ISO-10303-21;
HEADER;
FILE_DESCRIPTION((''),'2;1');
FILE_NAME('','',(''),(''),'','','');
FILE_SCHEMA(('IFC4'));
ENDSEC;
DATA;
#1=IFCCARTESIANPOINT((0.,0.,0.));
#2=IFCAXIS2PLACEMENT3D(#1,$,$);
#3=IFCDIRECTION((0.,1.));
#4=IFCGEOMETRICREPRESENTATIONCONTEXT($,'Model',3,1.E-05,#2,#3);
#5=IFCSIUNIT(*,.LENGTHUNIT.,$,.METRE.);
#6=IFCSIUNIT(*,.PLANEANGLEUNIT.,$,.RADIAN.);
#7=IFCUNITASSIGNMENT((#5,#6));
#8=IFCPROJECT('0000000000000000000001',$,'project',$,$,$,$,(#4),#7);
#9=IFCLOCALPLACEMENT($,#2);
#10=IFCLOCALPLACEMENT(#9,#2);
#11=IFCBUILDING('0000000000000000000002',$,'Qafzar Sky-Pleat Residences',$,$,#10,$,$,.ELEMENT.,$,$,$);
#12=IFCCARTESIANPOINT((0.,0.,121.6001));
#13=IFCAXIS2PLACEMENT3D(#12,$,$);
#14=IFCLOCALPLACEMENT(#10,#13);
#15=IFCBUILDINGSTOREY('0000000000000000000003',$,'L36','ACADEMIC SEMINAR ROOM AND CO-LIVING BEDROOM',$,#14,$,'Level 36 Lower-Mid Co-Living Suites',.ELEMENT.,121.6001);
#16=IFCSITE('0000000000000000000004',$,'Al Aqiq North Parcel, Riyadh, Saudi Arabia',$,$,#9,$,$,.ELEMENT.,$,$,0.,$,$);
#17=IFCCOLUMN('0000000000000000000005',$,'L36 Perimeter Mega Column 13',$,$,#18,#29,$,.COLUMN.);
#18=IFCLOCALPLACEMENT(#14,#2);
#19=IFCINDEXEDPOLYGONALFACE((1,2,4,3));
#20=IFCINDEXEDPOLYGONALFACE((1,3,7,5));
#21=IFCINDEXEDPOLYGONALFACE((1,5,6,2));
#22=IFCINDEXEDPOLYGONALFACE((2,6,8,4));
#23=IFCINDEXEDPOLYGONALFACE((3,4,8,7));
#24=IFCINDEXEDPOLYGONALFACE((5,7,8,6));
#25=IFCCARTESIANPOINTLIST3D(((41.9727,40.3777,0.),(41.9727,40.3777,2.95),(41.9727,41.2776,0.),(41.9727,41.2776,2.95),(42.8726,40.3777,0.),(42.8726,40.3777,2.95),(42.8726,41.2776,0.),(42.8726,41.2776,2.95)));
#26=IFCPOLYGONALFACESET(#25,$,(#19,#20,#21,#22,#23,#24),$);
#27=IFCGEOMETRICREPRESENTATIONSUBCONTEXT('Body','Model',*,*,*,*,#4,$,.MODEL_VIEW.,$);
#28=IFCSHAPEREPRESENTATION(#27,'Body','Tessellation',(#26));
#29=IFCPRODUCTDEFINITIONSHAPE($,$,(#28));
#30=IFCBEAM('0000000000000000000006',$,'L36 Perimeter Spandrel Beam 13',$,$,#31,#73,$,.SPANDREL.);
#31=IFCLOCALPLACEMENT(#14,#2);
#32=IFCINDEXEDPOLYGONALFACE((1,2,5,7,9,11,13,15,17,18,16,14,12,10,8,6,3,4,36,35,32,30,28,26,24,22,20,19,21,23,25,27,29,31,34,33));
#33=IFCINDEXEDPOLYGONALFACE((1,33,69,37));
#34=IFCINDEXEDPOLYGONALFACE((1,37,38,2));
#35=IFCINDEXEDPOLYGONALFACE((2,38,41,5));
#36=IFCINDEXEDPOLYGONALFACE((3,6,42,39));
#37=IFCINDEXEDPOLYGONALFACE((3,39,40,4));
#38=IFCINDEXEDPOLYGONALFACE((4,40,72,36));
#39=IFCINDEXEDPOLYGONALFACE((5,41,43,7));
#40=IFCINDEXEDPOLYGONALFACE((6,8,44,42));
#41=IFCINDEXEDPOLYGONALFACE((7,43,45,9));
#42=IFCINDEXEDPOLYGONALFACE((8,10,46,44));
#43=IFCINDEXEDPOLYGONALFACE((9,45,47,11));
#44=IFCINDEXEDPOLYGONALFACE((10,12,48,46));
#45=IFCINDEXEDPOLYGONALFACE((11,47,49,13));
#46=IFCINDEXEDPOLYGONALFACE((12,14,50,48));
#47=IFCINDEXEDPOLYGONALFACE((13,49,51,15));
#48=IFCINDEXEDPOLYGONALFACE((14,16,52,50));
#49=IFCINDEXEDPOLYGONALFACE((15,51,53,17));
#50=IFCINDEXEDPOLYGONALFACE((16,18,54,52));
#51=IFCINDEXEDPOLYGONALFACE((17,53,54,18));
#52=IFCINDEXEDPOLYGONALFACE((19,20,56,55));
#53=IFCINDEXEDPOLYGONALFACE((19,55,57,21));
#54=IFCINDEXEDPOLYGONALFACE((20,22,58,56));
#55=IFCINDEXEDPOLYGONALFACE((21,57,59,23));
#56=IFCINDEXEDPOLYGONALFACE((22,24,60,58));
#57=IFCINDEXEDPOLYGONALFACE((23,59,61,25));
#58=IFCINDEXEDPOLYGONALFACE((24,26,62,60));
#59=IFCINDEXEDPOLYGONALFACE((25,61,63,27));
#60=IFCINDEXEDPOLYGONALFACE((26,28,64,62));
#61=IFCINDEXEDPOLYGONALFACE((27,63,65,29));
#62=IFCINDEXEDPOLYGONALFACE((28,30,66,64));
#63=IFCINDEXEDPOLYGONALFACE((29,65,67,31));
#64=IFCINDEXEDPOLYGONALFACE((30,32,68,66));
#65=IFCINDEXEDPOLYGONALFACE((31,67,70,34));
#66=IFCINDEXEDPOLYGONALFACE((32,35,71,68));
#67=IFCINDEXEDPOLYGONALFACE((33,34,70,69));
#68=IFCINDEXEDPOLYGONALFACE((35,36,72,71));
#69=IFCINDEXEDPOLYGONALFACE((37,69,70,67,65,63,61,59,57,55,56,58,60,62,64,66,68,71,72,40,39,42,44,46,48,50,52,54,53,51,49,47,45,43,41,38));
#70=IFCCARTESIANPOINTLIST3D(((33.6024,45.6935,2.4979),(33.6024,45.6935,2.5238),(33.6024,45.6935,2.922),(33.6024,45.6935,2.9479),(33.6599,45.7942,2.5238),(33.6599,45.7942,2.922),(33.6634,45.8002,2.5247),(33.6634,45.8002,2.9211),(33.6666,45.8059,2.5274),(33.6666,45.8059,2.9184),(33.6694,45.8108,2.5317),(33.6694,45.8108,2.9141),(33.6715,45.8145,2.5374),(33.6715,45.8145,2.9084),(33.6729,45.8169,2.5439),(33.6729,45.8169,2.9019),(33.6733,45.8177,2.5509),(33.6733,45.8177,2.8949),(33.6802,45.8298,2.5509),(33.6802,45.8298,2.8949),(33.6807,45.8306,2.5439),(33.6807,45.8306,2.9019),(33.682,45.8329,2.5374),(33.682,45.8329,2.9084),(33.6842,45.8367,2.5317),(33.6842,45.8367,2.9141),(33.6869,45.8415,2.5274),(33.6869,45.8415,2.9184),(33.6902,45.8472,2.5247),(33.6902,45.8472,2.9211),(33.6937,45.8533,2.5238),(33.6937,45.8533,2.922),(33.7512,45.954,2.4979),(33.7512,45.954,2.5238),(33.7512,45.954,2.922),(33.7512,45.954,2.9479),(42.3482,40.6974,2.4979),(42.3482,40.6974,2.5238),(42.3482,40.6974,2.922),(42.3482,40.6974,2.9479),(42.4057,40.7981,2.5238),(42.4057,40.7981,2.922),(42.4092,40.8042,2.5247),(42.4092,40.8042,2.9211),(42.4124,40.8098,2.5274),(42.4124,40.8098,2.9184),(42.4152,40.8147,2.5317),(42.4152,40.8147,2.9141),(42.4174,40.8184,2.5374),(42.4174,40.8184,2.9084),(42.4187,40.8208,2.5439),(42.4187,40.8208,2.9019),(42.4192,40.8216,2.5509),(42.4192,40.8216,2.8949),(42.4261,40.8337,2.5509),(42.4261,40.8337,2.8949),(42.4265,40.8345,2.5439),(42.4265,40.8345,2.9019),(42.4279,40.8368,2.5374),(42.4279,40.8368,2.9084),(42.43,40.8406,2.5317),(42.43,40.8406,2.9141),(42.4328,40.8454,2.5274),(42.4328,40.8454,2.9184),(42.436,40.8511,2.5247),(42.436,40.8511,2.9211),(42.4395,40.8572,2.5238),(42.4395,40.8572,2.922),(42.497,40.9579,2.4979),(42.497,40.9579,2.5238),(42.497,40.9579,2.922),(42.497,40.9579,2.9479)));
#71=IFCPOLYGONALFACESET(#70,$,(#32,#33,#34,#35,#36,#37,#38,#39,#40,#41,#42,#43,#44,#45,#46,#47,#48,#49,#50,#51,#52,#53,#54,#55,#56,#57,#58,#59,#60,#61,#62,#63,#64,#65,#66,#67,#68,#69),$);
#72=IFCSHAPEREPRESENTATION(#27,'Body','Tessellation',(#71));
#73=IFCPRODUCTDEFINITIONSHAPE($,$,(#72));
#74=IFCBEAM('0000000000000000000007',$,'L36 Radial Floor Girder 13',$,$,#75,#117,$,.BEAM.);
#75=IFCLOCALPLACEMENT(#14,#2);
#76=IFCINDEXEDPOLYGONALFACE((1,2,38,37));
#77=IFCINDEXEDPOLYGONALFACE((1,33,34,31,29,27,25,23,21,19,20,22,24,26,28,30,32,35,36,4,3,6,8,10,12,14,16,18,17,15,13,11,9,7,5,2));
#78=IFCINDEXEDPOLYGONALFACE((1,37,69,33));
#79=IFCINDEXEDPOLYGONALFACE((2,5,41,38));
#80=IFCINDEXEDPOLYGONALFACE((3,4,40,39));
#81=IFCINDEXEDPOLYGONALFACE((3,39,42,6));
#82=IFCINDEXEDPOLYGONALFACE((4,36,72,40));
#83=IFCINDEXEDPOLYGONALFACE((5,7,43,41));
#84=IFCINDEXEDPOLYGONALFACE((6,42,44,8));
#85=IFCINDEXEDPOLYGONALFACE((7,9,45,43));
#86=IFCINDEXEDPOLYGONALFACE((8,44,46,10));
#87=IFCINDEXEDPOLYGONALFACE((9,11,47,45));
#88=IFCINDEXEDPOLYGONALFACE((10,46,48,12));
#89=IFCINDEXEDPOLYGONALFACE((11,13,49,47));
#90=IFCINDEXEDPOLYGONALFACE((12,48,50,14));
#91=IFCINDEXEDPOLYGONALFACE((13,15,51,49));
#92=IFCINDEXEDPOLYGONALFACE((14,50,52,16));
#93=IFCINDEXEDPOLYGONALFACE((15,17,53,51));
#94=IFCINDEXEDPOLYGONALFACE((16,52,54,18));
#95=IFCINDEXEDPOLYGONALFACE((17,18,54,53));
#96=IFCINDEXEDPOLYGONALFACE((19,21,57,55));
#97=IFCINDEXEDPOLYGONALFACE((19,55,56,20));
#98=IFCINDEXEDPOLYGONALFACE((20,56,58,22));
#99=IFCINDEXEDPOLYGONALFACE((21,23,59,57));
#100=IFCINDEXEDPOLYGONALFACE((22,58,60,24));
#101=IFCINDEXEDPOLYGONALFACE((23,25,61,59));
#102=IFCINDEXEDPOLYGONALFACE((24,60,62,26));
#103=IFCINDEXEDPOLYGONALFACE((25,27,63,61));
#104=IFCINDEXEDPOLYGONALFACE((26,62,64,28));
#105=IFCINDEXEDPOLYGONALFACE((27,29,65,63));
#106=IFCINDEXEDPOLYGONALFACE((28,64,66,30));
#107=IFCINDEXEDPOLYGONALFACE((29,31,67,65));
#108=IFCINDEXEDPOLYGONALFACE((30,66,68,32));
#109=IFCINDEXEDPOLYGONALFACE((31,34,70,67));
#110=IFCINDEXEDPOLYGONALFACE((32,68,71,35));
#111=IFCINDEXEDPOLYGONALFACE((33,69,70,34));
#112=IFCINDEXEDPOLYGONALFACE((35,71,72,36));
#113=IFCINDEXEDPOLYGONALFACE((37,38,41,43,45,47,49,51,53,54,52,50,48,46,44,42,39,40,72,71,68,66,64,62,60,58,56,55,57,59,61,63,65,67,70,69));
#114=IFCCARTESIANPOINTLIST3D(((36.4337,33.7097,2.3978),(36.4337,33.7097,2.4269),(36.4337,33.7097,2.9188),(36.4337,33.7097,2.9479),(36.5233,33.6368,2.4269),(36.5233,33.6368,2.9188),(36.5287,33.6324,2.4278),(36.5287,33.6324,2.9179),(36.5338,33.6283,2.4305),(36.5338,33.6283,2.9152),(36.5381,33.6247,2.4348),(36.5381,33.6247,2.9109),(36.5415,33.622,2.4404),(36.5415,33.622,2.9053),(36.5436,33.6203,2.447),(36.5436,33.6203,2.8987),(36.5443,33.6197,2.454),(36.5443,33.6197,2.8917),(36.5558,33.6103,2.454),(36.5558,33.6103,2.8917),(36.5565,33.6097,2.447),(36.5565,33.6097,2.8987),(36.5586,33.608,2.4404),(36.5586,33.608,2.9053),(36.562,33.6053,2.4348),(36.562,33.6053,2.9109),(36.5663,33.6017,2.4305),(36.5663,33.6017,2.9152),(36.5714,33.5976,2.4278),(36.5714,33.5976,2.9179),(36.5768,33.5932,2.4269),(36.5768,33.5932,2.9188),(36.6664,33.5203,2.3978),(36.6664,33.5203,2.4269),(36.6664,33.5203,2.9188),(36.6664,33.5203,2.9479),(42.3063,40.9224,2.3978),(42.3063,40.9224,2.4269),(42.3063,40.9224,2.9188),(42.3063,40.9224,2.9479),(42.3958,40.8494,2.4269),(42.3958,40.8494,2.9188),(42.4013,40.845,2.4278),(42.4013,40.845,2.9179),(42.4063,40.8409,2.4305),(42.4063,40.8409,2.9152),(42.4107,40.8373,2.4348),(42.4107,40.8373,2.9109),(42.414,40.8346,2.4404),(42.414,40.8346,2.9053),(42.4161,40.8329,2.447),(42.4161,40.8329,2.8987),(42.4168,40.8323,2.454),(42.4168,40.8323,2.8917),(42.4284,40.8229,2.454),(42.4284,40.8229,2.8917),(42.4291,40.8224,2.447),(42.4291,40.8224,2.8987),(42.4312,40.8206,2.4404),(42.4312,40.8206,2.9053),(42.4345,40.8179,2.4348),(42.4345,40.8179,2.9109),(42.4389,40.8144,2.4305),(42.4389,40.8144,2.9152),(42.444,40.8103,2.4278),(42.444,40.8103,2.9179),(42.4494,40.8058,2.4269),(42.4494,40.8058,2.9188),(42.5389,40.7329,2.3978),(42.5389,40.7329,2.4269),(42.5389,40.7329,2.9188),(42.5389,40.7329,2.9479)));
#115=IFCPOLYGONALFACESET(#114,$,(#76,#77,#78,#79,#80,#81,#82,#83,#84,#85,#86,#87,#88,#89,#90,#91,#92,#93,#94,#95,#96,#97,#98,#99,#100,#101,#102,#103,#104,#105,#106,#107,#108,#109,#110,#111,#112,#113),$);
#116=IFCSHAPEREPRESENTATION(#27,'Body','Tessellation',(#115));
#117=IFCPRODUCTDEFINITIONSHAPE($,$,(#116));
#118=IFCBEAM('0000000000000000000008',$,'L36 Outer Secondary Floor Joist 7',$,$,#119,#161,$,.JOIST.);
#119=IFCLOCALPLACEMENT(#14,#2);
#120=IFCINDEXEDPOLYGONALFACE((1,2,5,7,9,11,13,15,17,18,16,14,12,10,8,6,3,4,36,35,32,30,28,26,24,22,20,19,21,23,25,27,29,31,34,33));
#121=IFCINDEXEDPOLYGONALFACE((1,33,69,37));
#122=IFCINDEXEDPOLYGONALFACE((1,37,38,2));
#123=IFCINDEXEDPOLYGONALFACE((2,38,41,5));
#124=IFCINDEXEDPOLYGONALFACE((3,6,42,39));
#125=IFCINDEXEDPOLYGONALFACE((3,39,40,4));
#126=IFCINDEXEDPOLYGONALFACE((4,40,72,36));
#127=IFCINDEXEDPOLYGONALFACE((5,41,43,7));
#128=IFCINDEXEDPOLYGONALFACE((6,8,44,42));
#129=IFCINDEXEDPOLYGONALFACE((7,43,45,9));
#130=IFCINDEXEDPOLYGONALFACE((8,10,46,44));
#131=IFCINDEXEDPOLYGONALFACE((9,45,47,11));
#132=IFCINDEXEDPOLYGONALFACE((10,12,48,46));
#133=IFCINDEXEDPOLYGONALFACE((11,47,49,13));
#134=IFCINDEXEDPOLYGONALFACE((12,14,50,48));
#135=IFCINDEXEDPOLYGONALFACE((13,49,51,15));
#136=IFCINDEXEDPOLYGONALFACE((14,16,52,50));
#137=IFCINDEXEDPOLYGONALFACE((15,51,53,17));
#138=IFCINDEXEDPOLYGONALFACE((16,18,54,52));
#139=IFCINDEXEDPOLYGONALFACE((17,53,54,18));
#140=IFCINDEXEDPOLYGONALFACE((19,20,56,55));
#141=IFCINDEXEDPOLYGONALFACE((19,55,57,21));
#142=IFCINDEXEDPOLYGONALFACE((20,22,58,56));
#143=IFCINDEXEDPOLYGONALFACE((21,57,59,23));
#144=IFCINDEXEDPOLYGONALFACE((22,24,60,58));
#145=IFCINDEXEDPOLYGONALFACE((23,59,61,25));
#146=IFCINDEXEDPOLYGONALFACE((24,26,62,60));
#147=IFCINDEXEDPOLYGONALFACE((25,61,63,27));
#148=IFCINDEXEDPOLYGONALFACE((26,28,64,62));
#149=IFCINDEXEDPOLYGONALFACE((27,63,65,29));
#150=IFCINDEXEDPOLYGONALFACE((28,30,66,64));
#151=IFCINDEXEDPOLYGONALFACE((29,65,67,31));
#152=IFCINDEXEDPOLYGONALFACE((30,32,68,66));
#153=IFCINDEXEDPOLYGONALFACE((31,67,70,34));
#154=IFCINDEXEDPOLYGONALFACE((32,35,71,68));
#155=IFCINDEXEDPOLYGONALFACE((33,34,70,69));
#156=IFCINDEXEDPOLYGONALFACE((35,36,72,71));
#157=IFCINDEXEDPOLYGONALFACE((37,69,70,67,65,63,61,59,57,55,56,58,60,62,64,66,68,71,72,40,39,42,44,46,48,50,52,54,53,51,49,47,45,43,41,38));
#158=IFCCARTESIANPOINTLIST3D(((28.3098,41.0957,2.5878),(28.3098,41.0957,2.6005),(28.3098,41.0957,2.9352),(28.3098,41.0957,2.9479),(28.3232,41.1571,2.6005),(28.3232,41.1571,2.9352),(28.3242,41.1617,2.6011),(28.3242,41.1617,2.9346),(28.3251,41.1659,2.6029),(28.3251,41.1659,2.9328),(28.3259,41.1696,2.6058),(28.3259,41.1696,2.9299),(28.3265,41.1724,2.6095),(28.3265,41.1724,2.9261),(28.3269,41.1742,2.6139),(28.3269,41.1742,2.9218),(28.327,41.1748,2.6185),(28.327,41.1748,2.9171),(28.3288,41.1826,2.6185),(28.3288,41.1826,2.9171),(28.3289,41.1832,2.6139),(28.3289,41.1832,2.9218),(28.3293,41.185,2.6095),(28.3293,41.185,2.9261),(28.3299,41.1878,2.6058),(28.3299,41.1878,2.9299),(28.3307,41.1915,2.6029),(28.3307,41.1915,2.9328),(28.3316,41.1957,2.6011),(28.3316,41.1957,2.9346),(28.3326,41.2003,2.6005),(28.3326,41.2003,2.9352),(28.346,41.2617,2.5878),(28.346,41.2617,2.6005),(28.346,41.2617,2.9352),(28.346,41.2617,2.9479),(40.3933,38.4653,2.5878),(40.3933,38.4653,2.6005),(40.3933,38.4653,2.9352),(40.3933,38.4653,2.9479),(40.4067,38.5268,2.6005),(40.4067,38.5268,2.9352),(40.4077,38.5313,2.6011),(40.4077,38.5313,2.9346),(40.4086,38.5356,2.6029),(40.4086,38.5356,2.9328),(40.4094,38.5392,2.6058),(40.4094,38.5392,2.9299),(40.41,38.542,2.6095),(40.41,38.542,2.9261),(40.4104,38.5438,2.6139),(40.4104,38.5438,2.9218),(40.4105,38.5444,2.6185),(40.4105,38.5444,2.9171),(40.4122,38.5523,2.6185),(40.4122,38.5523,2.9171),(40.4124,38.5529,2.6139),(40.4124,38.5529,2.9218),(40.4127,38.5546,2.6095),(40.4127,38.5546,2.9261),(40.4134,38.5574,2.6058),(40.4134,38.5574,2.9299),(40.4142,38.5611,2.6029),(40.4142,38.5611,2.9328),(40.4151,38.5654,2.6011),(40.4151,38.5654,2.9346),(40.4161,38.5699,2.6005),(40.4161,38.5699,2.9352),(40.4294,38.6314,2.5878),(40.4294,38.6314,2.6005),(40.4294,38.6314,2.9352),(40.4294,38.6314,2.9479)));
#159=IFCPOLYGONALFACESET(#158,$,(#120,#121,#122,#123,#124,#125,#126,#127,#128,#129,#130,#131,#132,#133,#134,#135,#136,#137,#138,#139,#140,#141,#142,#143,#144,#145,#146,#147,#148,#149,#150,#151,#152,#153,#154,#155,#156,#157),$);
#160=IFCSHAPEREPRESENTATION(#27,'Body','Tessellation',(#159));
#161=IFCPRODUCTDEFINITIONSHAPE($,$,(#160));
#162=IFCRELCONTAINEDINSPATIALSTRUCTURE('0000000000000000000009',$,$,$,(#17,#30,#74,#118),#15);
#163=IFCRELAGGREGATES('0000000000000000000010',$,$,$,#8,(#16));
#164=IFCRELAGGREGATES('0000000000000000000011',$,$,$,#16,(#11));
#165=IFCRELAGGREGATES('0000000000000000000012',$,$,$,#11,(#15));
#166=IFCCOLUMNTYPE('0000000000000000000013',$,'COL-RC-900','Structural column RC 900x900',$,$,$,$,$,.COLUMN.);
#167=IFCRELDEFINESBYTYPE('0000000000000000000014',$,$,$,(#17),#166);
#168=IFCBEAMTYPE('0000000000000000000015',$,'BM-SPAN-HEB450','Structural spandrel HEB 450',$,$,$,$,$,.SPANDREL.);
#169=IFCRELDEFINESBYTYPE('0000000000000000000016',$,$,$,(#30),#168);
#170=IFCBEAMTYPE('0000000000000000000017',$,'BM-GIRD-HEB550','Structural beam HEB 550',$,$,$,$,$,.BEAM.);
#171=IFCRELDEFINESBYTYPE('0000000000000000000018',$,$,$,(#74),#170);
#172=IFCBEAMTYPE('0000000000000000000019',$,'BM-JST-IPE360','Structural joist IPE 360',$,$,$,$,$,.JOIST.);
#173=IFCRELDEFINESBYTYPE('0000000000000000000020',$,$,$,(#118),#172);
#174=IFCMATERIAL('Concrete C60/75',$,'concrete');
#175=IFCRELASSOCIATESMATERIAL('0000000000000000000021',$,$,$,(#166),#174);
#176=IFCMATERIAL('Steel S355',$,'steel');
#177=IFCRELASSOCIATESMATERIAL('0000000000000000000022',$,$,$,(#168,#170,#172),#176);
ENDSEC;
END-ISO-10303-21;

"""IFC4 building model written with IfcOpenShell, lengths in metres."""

from ifc_helpers import new_model, si_unit, direction, frame, origin, origin_2d, place, context, subcontext, project, spatial, rectangle, i_section, extrude, source, transform, mapped, material, material_profile, profile_set, type_object, element, save


model = new_model("IFC4")

# Units and contexts
model_context = context("Model", 3, precision=1e-05, world=origin(), true_north=direction((0.0, 1.0)))
body_context = subcontext(model_context, "Body", "Model", "MODEL_VIEW")
ifc_project = project(units=[si_unit("LENGTHUNIT", "METRE"), si_unit("PLANEANGLEUNIT", "RADIAN")], contexts=[model_context])

# Site, building, storey
site_placement = place(None, origin())
site = spatial("IfcSite", under=ifc_project, at=site_placement, Name="Al Aqiq North Parcel, Riyadh, Saudi Arabia", CompositionType="ELEMENT", RefElevation=0.0)
building_placement = place(site_placement, origin())
building = spatial("IfcBuilding", under=site, at=building_placement, Name="Qafzar Sky-Pleat Residences", CompositionType="ELEMENT")
storey_placement = place(building_placement, frame((0.0, 0.0, 121.6001)))
storey = spatial("IfcBuildingStorey", under=building, at=storey_placement, Name="L36", Description="ACADEMIC SEMINAR ROOM AND CO-LIVING BEDROOM", LongName="Level 36 Lower-Mid Co-Living Suites", CompositionType="ELEMENT", Elevation=121.6001)

# Column
ifc_material_1 = material(Name="Concrete C60/75", Category="concrete")
ifc_material_profile_1 = material_profile(ifc_material_1, rectangle(XDim=0.8999, YDim=0.8999, at=origin_2d()), Name="RC 900x900")
ifc_profile_set_1 = profile_set([ifc_material_profile_1], Name="Concrete C60/75")
column_type = type_object("IfcColumnType", Name="COL-RC-900", Description="Structural column RC 900x900", PredefinedType="COLUMN", material=ifc_profile_set_1)
shared_shape_1 = source(origin(), body_context, "Body", "SweptSolid", [
    extrude(rectangle(XDim=0.8999, YDim=0.8999, at=origin_2d()), origin(), (0.0, 0.0, 1.0), 2.95),
])
column_placement = place(storey_placement, frame((42.4226, 40.8276, 0.0), z_axis=(0.0, 0.0, 1.0), x_axis=(1.0, 0.0, 0.0)))
element("IfcColumn", 1, at=column_placement, inside=storey, type_object=column_type, Name="L36 Perimeter Mega Column 13", PredefinedType="COLUMN", context=body_context, shape_type="MappedRepresentation", body=[
    mapped(shared_shape_1, transform((0.0, 0.0, 0.0), x_axis=(1.0, 0.0, 0.0), y_axis=(0.0, 1.0, 0.0), z_axis=(0.0, 0.0, 1.0), scale=1.0)),
])

# Beams
ifc_material_2 = material(Name="Steel S355", Category="steel")
ifc_material_profile_2 = material_profile(ifc_material_2, i_section(OverallWidth=0.3, OverallDepth=0.45, WebThickness=0.0139, FlangeThickness=0.0259, FilletRadius=0.0271, at=origin_2d()), Name="HEB 450")
ifc_profile_set_2 = profile_set([ifc_material_profile_2], Name="Steel S355")
beam_type_1 = type_object("IfcBeamType", Name="BM-SPAN-HEB450", Description="Structural spandrel HEB 450", PredefinedType="SPANDREL", material=ifc_profile_set_2)
shared_shape_2 = source(origin(), body_context, "Body", "SweptSolid", [
    extrude(i_section(OverallWidth=0.3, OverallDepth=0.45, WebThickness=0.0139, FlangeThickness=0.0259, FilletRadius=0.0271, at=origin_2d()), origin(), (0.0, 0.0, 1.0), 10.0723),
])
beam_1_placement = place(storey_placement, frame((42.4226, 40.8276, 2.7229), z_axis=(-0.868309, 0.496024, 0.0), x_axis=(-0.496024, -0.868309, 0.0)))
element("IfcBeam", 2, at=beam_1_placement, inside=storey, type_object=beam_type_1, Name="L36 Perimeter Spandrel Beam 13", PredefinedType="SPANDREL", context=body_context, shape_type="MappedRepresentation", body=[
    mapped(shared_shape_2, transform((0.0, 0.0, 0.0), x_axis=(1.0, 0.0, 0.0), y_axis=(0.0, 1.0, 0.0), z_axis=(0.0, 0.0, 1.0), scale=1.0)),
])
ifc_material_profile_3 = material_profile(ifc_material_2, i_section(OverallWidth=0.3, OverallDepth=0.55, WebThickness=0.0149, FlangeThickness=0.0291, FilletRadius=0.0271, at=origin_2d()), Name="HEB 550")
ifc_profile_set_3 = profile_set([ifc_material_profile_3], Name="Steel S355")
beam_type_2 = type_object("IfcBeamType", Name="BM-GIRD-HEB550", Description="Structural beam HEB 550", PredefinedType="BEAM", material=ifc_profile_set_3)
shared_shape_3 = source(origin(), body_context, "Body", "SweptSolid", [
    extrude(i_section(OverallWidth=0.3, OverallDepth=0.55, WebThickness=0.0149, FlangeThickness=0.0291, FilletRadius=0.0271, at=origin_2d()), origin(), (0.0, 0.0, 1.0), 9.301),
])
beam_2_placement = place(storey_placement, frame((42.4226, 40.8276, 2.6729), z_axis=(-0.631388, -0.775467, 0.0), x_axis=(0.775467, -0.631388, 0.0)))
element("IfcBeam", 3, at=beam_2_placement, inside=storey, type_object=beam_type_2, Name="L36 Radial Floor Girder 13", PredefinedType="BEAM", context=body_context, shape_type="MappedRepresentation", body=[
    mapped(shared_shape_3, transform((0.0, 0.0, 0.0), x_axis=(1.0, 0.0, 0.0), y_axis=(0.0, 1.0, 0.0), z_axis=(0.0, 0.0, 1.0), scale=1.0)),
])
ifc_material_profile_4 = material_profile(ifc_material_2, i_section(OverallWidth=0.1699, OverallDepth=0.3601, WebThickness=0.0081, FlangeThickness=0.0127, FilletRadius=0.0181, at=origin_2d()), Name="IPE 360")
ifc_profile_set_4 = profile_set([ifc_material_profile_4], Name="Steel S355")
beam_type_3 = type_object("IfcBeamType", Name="BM-JST-IPE360", Description="Structural joist IPE 360", PredefinedType="JOIST", material=ifc_profile_set_4)
shared_shape_4 = source(origin(), body_context, "Body", "SweptSolid", [
    extrude(i_section(OverallWidth=0.1699, OverallDepth=0.3601, WebThickness=0.0081, FlangeThickness=0.0127, FilletRadius=0.0181, at=origin_2d()), origin(), (0.0, 0.0, 1.0), 12.3665),
])
beam_3_placement = place(storey_placement, frame((40.4114, 38.5483, 2.7678), z_axis=(-0.977117, 0.212702, 0.0), x_axis=(-0.212702, -0.977117, 0.0)))
element("IfcBeam", 4, at=beam_3_placement, inside=storey, type_object=beam_type_3, Name="L36 Outer Secondary Floor Joist 7", PredefinedType="JOIST", context=body_context, shape_type="MappedRepresentation", body=[
    mapped(shared_shape_4, transform((0.0, 0.0, 0.0), x_axis=(1.0, 0.0, 0.0), y_axis=(0.0, 1.0, 0.0), z_axis=(0.0, 0.0, 1.0), scale=1.0)),
])

save(model, "model.ifc")
